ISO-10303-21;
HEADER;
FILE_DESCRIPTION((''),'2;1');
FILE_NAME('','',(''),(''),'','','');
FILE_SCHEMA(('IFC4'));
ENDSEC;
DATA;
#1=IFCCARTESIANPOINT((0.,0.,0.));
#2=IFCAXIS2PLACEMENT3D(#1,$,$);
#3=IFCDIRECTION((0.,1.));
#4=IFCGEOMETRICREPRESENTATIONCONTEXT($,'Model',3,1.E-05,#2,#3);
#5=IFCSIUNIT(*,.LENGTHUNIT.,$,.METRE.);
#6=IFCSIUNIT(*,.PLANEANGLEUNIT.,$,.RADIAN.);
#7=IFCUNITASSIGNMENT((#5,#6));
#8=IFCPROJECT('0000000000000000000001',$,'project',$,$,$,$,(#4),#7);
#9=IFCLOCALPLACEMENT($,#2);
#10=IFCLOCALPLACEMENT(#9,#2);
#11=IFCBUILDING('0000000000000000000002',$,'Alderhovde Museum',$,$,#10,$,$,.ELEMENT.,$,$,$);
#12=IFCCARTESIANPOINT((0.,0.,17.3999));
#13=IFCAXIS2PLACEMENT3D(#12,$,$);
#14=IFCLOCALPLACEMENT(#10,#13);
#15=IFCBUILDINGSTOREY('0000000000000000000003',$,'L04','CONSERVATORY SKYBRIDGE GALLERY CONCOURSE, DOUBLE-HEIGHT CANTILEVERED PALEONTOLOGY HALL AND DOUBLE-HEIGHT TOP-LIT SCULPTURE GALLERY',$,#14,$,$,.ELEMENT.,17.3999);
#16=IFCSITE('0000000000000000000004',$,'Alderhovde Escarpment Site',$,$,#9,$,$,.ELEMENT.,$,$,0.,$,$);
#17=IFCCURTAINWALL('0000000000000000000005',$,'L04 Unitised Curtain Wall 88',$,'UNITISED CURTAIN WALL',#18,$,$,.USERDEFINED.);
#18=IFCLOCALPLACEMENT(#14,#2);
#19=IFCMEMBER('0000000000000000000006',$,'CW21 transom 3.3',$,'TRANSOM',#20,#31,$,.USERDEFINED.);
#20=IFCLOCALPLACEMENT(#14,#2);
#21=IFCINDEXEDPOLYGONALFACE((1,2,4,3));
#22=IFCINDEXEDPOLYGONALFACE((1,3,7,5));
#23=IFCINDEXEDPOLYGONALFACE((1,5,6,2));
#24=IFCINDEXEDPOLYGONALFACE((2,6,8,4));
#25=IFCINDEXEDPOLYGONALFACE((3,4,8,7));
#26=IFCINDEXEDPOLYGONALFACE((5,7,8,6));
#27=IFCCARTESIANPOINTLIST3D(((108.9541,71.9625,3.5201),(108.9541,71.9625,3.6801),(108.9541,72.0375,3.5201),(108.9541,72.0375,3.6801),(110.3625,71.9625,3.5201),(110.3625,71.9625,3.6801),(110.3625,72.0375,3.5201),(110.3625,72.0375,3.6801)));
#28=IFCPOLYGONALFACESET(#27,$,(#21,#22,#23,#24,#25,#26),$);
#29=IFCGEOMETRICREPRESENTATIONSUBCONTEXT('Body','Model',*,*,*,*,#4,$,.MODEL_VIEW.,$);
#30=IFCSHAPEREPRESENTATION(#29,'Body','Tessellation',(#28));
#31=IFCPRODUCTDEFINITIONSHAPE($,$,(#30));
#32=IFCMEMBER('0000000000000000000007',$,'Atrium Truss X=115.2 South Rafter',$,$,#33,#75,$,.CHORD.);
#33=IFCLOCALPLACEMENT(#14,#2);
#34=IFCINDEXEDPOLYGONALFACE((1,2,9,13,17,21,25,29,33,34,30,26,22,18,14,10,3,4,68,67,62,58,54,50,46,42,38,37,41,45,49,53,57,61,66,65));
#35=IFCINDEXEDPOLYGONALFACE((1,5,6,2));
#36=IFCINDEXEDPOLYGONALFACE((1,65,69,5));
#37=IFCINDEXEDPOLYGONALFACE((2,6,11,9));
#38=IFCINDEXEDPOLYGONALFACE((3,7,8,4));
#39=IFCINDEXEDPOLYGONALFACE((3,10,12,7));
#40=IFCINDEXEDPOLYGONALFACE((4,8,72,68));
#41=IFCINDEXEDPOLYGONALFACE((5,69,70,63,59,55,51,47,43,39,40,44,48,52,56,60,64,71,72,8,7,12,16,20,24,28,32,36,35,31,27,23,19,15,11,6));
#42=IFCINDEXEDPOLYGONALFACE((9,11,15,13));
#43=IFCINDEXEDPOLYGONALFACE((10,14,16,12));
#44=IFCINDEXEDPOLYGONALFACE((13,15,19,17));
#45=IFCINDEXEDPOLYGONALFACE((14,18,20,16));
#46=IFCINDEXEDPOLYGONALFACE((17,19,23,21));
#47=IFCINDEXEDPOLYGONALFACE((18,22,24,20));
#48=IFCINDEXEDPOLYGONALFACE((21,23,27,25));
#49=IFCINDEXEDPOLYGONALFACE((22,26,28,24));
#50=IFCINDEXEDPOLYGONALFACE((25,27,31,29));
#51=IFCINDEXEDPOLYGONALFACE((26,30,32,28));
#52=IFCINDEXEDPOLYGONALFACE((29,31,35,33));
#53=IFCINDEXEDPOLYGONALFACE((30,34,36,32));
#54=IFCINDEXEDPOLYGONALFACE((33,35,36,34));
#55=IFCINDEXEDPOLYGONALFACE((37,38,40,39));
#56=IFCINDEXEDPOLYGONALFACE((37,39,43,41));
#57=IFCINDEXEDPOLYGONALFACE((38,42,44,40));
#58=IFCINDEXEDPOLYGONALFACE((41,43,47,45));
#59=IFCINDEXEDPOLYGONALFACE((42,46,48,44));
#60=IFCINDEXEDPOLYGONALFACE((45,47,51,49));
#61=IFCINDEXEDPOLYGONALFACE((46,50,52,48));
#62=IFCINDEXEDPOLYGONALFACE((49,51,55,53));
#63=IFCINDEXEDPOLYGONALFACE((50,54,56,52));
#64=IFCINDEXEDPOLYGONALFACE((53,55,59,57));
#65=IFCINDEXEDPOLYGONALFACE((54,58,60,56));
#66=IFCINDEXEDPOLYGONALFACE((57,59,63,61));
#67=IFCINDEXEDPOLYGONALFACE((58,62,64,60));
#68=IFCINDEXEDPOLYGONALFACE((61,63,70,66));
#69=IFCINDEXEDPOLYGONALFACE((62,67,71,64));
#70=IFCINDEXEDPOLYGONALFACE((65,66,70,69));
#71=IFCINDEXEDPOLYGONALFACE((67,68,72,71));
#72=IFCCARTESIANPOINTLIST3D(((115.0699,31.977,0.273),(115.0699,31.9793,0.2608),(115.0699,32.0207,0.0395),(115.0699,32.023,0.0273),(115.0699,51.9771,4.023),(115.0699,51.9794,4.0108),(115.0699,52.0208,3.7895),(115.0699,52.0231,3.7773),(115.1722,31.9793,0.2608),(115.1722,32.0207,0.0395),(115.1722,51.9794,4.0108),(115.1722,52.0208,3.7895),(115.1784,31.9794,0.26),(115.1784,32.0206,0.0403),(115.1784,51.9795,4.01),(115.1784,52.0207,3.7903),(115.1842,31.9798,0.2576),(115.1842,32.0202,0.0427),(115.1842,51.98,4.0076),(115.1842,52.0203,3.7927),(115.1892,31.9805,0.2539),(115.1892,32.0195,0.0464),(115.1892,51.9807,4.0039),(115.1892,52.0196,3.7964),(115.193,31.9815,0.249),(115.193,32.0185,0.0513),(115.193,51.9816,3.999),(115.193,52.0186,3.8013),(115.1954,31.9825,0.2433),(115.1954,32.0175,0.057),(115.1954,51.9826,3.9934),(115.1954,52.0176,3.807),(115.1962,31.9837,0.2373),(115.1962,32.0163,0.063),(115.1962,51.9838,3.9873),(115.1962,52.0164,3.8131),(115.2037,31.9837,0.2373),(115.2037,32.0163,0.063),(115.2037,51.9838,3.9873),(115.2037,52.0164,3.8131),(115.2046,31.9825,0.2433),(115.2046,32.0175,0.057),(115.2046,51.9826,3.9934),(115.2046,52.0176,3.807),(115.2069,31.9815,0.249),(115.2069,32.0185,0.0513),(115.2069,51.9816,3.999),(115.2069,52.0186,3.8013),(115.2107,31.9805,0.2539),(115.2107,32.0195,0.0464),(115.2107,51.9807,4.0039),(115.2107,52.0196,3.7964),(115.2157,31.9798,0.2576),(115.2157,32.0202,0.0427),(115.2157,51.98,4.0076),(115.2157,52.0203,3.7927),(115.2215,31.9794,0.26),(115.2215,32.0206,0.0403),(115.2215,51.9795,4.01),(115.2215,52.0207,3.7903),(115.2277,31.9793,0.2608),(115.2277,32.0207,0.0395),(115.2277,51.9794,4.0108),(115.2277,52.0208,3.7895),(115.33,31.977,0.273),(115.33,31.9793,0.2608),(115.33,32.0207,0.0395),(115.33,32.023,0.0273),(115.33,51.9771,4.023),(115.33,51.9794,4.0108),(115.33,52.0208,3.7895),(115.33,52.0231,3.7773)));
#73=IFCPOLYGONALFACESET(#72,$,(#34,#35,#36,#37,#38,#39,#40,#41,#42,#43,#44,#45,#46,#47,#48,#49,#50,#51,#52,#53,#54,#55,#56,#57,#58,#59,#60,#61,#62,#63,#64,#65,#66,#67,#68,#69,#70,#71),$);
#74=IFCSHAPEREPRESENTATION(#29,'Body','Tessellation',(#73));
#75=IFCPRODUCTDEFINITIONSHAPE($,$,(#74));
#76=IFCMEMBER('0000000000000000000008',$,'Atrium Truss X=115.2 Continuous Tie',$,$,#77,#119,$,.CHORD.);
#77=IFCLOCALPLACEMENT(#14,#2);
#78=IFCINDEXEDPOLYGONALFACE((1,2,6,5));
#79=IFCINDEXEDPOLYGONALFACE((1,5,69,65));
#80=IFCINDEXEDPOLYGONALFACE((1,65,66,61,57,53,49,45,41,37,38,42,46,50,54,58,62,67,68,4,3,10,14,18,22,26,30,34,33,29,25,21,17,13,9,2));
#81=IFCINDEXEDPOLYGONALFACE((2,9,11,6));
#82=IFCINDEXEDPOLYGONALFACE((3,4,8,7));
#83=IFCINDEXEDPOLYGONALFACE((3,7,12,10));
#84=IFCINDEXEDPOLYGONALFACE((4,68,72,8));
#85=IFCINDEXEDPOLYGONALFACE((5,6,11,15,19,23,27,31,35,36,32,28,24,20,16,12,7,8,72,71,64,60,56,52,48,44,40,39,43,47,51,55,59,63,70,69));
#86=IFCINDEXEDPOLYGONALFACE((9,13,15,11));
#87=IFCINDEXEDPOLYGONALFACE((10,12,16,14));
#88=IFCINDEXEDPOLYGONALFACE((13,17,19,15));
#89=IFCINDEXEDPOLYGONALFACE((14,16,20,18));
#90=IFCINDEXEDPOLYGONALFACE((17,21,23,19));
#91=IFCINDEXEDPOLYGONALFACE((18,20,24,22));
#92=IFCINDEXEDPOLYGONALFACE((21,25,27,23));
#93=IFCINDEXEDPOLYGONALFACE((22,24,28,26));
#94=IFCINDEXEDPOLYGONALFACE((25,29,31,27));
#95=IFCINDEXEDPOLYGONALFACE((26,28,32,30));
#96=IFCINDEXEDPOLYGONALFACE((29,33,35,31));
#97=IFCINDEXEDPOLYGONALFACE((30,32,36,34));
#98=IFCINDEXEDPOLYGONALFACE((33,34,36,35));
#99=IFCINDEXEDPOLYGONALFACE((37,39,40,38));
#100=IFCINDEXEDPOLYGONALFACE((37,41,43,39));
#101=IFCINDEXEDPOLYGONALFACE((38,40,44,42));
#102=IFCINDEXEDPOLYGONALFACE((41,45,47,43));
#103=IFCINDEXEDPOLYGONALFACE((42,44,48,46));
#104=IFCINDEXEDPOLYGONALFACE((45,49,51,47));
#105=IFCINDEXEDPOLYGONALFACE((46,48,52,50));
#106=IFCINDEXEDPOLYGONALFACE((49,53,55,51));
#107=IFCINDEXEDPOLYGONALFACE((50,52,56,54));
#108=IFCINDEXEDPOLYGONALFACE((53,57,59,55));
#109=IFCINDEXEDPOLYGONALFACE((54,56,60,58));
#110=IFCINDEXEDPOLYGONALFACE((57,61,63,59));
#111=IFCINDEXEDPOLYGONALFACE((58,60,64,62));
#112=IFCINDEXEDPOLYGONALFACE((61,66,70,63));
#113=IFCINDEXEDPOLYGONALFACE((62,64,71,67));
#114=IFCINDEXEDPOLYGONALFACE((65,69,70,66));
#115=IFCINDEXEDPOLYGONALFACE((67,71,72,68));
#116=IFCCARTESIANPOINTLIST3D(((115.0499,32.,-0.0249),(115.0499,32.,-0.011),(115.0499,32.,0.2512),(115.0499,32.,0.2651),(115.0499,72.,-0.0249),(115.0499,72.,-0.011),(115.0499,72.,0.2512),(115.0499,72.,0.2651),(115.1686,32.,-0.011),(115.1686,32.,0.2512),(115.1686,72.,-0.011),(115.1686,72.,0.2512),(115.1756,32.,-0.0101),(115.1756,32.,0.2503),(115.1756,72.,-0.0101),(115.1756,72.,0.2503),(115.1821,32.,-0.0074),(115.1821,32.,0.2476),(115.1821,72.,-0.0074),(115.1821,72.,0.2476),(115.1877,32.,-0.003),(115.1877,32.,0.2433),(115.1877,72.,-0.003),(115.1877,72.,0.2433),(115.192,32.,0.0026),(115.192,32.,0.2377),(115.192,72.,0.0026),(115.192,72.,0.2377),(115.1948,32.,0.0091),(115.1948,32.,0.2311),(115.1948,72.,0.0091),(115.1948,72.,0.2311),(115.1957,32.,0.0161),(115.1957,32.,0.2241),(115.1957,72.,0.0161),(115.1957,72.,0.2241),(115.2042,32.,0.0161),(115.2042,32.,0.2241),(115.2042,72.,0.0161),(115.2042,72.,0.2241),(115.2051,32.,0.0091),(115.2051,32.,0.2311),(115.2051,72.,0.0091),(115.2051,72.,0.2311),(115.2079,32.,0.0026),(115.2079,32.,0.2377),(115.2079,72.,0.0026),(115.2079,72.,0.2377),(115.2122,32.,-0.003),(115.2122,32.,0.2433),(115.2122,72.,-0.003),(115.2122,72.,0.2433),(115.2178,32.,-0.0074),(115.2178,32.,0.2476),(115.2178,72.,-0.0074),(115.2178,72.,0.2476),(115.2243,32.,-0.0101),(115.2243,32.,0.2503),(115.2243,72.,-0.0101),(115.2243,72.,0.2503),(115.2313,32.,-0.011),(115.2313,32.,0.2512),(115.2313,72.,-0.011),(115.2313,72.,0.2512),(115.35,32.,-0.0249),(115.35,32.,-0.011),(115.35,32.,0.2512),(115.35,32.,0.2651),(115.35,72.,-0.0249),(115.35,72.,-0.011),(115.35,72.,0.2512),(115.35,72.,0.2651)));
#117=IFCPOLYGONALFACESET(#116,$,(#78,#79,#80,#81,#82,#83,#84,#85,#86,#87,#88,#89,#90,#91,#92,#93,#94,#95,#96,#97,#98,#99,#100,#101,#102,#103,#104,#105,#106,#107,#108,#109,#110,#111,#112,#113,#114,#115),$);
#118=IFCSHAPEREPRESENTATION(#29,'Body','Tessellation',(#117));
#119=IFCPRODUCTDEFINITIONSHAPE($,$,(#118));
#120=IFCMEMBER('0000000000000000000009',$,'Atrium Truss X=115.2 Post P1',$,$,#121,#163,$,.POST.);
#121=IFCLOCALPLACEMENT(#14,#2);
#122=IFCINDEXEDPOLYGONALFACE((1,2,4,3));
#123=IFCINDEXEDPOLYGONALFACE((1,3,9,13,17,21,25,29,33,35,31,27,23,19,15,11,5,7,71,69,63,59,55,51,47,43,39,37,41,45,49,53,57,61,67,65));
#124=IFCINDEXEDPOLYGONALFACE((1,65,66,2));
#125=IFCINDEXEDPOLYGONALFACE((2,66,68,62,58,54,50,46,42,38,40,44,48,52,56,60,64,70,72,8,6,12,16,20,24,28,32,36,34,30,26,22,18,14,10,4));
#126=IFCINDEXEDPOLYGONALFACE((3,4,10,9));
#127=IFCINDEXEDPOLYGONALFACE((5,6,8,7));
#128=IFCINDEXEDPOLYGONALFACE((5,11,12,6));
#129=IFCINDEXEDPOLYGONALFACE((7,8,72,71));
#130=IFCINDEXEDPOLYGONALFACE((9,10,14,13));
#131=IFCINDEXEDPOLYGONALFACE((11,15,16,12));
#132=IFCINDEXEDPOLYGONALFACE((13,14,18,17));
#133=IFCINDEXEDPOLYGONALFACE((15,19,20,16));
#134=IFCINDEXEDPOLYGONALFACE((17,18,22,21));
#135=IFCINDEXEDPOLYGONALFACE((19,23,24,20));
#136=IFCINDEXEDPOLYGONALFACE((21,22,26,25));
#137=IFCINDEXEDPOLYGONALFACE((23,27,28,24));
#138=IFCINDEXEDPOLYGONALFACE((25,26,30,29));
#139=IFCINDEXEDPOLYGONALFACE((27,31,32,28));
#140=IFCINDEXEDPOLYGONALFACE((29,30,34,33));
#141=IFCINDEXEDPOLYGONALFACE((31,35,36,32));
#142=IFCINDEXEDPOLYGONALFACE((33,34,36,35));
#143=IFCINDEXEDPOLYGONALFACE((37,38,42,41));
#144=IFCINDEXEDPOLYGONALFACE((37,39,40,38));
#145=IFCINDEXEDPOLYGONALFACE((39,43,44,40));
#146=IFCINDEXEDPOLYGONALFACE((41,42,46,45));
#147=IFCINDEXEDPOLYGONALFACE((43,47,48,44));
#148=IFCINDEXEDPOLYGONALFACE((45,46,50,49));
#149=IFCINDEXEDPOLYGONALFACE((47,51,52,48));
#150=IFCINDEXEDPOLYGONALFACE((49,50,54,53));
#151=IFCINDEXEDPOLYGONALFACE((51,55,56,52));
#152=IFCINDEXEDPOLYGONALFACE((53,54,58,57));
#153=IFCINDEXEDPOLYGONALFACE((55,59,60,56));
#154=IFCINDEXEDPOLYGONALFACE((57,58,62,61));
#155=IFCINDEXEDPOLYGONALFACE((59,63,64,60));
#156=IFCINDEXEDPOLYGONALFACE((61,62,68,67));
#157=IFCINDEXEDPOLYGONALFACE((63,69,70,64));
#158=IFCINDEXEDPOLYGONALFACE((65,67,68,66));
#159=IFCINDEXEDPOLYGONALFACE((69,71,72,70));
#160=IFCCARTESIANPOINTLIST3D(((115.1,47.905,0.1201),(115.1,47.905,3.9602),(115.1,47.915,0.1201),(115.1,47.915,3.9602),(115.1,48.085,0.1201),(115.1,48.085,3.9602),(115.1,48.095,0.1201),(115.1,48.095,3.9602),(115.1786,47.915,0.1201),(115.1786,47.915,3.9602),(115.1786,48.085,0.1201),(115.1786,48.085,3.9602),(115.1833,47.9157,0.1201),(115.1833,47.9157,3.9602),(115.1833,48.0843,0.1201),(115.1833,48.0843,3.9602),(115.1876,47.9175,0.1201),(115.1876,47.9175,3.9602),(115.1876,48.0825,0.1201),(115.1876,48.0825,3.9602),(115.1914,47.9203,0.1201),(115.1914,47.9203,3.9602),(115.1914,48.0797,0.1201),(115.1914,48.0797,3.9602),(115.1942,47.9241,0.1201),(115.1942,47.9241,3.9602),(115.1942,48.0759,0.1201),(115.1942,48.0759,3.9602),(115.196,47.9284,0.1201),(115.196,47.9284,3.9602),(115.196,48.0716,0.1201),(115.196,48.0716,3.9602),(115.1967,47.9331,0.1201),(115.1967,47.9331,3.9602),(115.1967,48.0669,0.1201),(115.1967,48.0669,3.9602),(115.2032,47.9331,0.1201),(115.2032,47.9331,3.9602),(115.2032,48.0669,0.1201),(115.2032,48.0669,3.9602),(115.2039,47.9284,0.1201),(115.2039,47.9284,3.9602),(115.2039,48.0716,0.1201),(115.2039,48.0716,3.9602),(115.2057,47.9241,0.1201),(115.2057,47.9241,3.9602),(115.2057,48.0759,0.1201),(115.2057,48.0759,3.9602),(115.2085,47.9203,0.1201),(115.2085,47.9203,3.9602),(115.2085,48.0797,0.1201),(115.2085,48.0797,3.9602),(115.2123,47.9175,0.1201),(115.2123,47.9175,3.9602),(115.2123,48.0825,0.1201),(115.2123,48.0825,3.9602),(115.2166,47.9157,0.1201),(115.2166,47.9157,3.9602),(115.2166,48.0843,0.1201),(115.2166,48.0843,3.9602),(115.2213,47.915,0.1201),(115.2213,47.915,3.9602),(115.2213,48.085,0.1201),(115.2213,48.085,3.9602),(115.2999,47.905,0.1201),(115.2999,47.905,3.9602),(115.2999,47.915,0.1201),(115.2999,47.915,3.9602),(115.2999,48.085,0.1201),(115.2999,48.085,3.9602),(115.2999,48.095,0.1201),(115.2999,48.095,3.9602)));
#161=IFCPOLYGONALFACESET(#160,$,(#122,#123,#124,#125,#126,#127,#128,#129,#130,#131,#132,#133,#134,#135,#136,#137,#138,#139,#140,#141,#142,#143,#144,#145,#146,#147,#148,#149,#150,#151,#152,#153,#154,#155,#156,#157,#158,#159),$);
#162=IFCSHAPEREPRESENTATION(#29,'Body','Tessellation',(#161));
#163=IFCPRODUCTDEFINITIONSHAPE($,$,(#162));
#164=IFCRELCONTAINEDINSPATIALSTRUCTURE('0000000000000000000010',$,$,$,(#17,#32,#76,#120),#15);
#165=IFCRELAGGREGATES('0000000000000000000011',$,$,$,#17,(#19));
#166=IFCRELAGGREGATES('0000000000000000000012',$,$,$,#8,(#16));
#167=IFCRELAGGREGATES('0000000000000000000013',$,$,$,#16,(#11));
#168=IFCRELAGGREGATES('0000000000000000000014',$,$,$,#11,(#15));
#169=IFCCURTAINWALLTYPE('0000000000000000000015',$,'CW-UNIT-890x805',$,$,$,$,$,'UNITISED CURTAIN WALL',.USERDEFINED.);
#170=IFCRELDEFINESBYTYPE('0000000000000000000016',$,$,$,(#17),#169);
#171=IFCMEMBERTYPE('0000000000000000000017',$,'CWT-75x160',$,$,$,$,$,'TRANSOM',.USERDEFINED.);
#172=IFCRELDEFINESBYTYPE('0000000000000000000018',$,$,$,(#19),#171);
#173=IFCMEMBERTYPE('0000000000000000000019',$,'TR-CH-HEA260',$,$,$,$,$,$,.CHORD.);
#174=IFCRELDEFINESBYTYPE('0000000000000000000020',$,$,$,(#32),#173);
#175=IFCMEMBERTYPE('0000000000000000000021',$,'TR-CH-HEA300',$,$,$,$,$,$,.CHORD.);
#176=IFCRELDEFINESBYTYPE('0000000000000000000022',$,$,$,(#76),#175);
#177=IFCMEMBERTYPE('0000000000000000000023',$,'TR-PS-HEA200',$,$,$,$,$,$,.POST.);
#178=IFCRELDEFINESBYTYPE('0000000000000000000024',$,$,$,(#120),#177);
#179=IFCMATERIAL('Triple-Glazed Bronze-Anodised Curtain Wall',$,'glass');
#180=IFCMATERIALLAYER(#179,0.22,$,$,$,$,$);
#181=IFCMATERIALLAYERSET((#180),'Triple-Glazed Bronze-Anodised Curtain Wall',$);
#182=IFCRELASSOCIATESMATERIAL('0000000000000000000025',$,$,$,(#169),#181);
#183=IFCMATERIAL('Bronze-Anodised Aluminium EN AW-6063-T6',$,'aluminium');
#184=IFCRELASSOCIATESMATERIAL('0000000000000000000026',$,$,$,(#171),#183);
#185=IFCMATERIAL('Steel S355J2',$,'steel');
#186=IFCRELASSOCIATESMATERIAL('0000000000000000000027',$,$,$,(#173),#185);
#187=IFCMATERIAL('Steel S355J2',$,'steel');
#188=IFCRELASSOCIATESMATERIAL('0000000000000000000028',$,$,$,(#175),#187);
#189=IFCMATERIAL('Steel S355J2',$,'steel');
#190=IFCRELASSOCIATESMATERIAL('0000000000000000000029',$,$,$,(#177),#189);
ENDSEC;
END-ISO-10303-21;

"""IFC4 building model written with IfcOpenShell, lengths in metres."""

from ifc_helpers import new_model, si_unit, direction, frame, origin, origin_2d, place, context, subcontext, project, spatial, rectangle, i_section, extrude, material, layer, layer_set, material_profile, profile_set, type_object, element, aggregate, save


model = new_model("IFC4")

# Units and contexts
model_context = context("Model", 3, precision=1e-05, world=origin(), true_north=direction((0.0, 1.0)))
body_context = subcontext(model_context, "Body", "Model", "MODEL_VIEW")
ifc_project = project(units=[si_unit("LENGTHUNIT", "METRE"), si_unit("PLANEANGLEUNIT", "RADIAN")], contexts=[model_context])

# Site, building, storey
site_placement = place(None, origin())
site = spatial("IfcSite", under=ifc_project, at=site_placement, Name="Alderhovde Escarpment Site", CompositionType="ELEMENT", RefElevation=0.0)
building_placement = place(site_placement, origin())
building = spatial("IfcBuilding", under=site, at=building_placement, Name="Alderhovde Museum", CompositionType="ELEMENT")
storey_placement = place(building_placement, frame((0.0, 0.0, 17.3999)))
storey = spatial("IfcBuildingStorey", under=building, at=storey_placement, Name="L04", Description="CONSERVATORY SKYBRIDGE GALLERY CONCOURSE, DOUBLE-HEIGHT CANTILEVERED PALEONTOLOGY HALL AND DOUBLE-HEIGHT TOP-LIT SCULPTURE GALLERY", CompositionType="ELEMENT", Elevation=17.3999)

# Curtain wall, member
ifc_material_1 = material(Name="Triple-Glazed Bronze-Anodised Curtain Wall", Category="glass")
ifc_layer_1 = layer(ifc_material_1, 0.22)
ifc_layer_set_1 = layer_set([ifc_layer_1], Name="Triple-Glazed Bronze-Anodised Curtain Wall")
curtain_wall_type = type_object("IfcCurtainWallType", Name="CW-UNIT-890x805", ElementType="UNITISED CURTAIN WALL", PredefinedType="USERDEFINED", material=ifc_layer_set_1)
curtain_wall_placement = place(storey_placement, origin())
curtain_wall = element("IfcCurtainWall", 1, at=curtain_wall_placement, inside=storey, type_object=curtain_wall_type, Name="L04 Unitised Curtain Wall 88", ObjectType="UNITISED CURTAIN WALL", PredefinedType="USERDEFINED")
ifc_material_2 = material(Name="Bronze-Anodised Aluminium EN AW-6063-T6", Category="aluminium")
ifc_material_profile_1 = material_profile(ifc_material_2, rectangle(XDim=0.075, YDim=0.1599, at=origin_2d()), Name="TRANSOM 75x160")
ifc_profile_set_1 = profile_set([ifc_material_profile_1], Name="Bronze-Anodised Aluminium EN AW-6063-T6")
member_type_1 = type_object("IfcMemberType", Name="CWT-75x160", ElementType="TRANSOM", PredefinedType="USERDEFINED", material=ifc_profile_set_1)
member_1_placement = place(storey_placement, frame((108.9541, 72.0, 3.6001), z_axis=(1.0, 0.0, 0.0), x_axis=(0.0, 1.0, 0.0)))
member_1 = element("IfcMember", 2, at=member_1_placement, type_object=member_type_1, Name="CW21 transom 3.3", ObjectType="TRANSOM", PredefinedType="USERDEFINED", context=body_context, shape_type="SweptSolid", body=[
    extrude(rectangle(XDim=0.075, YDim=0.1599, at=origin_2d()), origin(), (0.0, 0.0, 1.0), 1.4084),
])

# Members
ifc_material_3 = material(Name="Steel S355J2", Category="steel")
ifc_material_profile_2 = material_profile(ifc_material_3, i_section(OverallWidth=0.26, OverallDepth=0.25, WebThickness=0.0076, FlangeThickness=0.0125, FilletRadius=0.0239, at=origin_2d()), Name="HEA 260")
ifc_profile_set_2 = profile_set([ifc_material_profile_2], Name="Steel S355J2")
member_type_2 = type_object("IfcMemberType", Name="TR-CH-HEA260", PredefinedType="CHORD", material=ifc_profile_set_2)
member_2_placement = place(storey_placement, frame((115.2, 32.0, 0.1501), z_axis=(0.0, 0.982872, 0.184289), x_axis=(-1.0, 0.0, 0.0)))
element("IfcMember", 3, at=member_2_placement, inside=storey, type_object=member_type_2, Name="Atrium Truss X=115.2 South Rafter", PredefinedType="CHORD", context=body_context, shape_type="SweptSolid", body=[
    extrude(i_section(OverallWidth=0.26, OverallDepth=0.25, WebThickness=0.0076, FlangeThickness=0.0125, FilletRadius=0.0239, at=origin_2d()), origin(), (0.0, 0.0, 1.0), 20.3486),
])
ifc_material_4 = material(Name="Steel S355J2", Category="steel")
ifc_material_profile_3 = material_profile(ifc_material_4, i_section(OverallWidth=0.3, OverallDepth=0.29, WebThickness=0.0085, FlangeThickness=0.0139, FilletRadius=0.0271, at=origin_2d()), Name="HEA 300")
ifc_profile_set_3 = profile_set([ifc_material_profile_3], Name="Steel S355J2")
member_type_3 = type_object("IfcMemberType", Name="TR-CH-HEA300", PredefinedType="CHORD", material=ifc_profile_set_3)
member_3_placement = place(storey_placement, frame((115.2, 32.0, 0.1201), z_axis=(0.0, 1.0, 0.0), x_axis=(-1.0, 0.0, 0.0)))
element("IfcMember", 4, at=member_3_placement, inside=storey, type_object=member_type_3, Name="Atrium Truss X=115.2 Continuous Tie", PredefinedType="CHORD", context=body_context, shape_type="SweptSolid", body=[
    extrude(i_section(OverallWidth=0.3, OverallDepth=0.29, WebThickness=0.0085, FlangeThickness=0.0139, FilletRadius=0.0271, at=origin_2d()), origin(), (0.0, 0.0, 1.0), 40.0),
])
ifc_material_5 = material(Name="Steel S355J2", Category="steel")
ifc_material_profile_4 = material_profile(ifc_material_5, i_section(OverallWidth=0.2, OverallDepth=0.1899, WebThickness=0.0066, FlangeThickness=0.01, FilletRadius=0.0181, at=origin_2d()), Name="HEA 200")
ifc_profile_set_4 = profile_set([ifc_material_profile_4], Name="Steel S355J2")
member_type_4 = type_object("IfcMemberType", Name="TR-PS-HEA200", PredefinedType="POST", material=ifc_profile_set_4)
for number, where, z_axis, x_axis, name in (
    (5, (115.2, 48.0, 0.1201), (0.0, 0.0, 1.0), (1.0, 0.0, 0.0), "Atrium Truss X=115.2 Post P1"),
):
    element("IfcMember", number, at=place(storey_placement, frame(where, z_axis=z_axis, x_axis=x_axis)), inside=storey, type_object=member_type_4, Name=name, PredefinedType="POST", context=body_context, shape_type="SweptSolid", body=[
        extrude(i_section(OverallWidth=0.2, OverallDepth=0.1899, WebThickness=0.0066, FlangeThickness=0.01, FilletRadius=0.0181, at=origin_2d()), origin(), (0.0, 0.0, 1.0), 3.8401),
    ])

aggregate(curtain_wall, [member_1])

save(model, "model.ifc")
